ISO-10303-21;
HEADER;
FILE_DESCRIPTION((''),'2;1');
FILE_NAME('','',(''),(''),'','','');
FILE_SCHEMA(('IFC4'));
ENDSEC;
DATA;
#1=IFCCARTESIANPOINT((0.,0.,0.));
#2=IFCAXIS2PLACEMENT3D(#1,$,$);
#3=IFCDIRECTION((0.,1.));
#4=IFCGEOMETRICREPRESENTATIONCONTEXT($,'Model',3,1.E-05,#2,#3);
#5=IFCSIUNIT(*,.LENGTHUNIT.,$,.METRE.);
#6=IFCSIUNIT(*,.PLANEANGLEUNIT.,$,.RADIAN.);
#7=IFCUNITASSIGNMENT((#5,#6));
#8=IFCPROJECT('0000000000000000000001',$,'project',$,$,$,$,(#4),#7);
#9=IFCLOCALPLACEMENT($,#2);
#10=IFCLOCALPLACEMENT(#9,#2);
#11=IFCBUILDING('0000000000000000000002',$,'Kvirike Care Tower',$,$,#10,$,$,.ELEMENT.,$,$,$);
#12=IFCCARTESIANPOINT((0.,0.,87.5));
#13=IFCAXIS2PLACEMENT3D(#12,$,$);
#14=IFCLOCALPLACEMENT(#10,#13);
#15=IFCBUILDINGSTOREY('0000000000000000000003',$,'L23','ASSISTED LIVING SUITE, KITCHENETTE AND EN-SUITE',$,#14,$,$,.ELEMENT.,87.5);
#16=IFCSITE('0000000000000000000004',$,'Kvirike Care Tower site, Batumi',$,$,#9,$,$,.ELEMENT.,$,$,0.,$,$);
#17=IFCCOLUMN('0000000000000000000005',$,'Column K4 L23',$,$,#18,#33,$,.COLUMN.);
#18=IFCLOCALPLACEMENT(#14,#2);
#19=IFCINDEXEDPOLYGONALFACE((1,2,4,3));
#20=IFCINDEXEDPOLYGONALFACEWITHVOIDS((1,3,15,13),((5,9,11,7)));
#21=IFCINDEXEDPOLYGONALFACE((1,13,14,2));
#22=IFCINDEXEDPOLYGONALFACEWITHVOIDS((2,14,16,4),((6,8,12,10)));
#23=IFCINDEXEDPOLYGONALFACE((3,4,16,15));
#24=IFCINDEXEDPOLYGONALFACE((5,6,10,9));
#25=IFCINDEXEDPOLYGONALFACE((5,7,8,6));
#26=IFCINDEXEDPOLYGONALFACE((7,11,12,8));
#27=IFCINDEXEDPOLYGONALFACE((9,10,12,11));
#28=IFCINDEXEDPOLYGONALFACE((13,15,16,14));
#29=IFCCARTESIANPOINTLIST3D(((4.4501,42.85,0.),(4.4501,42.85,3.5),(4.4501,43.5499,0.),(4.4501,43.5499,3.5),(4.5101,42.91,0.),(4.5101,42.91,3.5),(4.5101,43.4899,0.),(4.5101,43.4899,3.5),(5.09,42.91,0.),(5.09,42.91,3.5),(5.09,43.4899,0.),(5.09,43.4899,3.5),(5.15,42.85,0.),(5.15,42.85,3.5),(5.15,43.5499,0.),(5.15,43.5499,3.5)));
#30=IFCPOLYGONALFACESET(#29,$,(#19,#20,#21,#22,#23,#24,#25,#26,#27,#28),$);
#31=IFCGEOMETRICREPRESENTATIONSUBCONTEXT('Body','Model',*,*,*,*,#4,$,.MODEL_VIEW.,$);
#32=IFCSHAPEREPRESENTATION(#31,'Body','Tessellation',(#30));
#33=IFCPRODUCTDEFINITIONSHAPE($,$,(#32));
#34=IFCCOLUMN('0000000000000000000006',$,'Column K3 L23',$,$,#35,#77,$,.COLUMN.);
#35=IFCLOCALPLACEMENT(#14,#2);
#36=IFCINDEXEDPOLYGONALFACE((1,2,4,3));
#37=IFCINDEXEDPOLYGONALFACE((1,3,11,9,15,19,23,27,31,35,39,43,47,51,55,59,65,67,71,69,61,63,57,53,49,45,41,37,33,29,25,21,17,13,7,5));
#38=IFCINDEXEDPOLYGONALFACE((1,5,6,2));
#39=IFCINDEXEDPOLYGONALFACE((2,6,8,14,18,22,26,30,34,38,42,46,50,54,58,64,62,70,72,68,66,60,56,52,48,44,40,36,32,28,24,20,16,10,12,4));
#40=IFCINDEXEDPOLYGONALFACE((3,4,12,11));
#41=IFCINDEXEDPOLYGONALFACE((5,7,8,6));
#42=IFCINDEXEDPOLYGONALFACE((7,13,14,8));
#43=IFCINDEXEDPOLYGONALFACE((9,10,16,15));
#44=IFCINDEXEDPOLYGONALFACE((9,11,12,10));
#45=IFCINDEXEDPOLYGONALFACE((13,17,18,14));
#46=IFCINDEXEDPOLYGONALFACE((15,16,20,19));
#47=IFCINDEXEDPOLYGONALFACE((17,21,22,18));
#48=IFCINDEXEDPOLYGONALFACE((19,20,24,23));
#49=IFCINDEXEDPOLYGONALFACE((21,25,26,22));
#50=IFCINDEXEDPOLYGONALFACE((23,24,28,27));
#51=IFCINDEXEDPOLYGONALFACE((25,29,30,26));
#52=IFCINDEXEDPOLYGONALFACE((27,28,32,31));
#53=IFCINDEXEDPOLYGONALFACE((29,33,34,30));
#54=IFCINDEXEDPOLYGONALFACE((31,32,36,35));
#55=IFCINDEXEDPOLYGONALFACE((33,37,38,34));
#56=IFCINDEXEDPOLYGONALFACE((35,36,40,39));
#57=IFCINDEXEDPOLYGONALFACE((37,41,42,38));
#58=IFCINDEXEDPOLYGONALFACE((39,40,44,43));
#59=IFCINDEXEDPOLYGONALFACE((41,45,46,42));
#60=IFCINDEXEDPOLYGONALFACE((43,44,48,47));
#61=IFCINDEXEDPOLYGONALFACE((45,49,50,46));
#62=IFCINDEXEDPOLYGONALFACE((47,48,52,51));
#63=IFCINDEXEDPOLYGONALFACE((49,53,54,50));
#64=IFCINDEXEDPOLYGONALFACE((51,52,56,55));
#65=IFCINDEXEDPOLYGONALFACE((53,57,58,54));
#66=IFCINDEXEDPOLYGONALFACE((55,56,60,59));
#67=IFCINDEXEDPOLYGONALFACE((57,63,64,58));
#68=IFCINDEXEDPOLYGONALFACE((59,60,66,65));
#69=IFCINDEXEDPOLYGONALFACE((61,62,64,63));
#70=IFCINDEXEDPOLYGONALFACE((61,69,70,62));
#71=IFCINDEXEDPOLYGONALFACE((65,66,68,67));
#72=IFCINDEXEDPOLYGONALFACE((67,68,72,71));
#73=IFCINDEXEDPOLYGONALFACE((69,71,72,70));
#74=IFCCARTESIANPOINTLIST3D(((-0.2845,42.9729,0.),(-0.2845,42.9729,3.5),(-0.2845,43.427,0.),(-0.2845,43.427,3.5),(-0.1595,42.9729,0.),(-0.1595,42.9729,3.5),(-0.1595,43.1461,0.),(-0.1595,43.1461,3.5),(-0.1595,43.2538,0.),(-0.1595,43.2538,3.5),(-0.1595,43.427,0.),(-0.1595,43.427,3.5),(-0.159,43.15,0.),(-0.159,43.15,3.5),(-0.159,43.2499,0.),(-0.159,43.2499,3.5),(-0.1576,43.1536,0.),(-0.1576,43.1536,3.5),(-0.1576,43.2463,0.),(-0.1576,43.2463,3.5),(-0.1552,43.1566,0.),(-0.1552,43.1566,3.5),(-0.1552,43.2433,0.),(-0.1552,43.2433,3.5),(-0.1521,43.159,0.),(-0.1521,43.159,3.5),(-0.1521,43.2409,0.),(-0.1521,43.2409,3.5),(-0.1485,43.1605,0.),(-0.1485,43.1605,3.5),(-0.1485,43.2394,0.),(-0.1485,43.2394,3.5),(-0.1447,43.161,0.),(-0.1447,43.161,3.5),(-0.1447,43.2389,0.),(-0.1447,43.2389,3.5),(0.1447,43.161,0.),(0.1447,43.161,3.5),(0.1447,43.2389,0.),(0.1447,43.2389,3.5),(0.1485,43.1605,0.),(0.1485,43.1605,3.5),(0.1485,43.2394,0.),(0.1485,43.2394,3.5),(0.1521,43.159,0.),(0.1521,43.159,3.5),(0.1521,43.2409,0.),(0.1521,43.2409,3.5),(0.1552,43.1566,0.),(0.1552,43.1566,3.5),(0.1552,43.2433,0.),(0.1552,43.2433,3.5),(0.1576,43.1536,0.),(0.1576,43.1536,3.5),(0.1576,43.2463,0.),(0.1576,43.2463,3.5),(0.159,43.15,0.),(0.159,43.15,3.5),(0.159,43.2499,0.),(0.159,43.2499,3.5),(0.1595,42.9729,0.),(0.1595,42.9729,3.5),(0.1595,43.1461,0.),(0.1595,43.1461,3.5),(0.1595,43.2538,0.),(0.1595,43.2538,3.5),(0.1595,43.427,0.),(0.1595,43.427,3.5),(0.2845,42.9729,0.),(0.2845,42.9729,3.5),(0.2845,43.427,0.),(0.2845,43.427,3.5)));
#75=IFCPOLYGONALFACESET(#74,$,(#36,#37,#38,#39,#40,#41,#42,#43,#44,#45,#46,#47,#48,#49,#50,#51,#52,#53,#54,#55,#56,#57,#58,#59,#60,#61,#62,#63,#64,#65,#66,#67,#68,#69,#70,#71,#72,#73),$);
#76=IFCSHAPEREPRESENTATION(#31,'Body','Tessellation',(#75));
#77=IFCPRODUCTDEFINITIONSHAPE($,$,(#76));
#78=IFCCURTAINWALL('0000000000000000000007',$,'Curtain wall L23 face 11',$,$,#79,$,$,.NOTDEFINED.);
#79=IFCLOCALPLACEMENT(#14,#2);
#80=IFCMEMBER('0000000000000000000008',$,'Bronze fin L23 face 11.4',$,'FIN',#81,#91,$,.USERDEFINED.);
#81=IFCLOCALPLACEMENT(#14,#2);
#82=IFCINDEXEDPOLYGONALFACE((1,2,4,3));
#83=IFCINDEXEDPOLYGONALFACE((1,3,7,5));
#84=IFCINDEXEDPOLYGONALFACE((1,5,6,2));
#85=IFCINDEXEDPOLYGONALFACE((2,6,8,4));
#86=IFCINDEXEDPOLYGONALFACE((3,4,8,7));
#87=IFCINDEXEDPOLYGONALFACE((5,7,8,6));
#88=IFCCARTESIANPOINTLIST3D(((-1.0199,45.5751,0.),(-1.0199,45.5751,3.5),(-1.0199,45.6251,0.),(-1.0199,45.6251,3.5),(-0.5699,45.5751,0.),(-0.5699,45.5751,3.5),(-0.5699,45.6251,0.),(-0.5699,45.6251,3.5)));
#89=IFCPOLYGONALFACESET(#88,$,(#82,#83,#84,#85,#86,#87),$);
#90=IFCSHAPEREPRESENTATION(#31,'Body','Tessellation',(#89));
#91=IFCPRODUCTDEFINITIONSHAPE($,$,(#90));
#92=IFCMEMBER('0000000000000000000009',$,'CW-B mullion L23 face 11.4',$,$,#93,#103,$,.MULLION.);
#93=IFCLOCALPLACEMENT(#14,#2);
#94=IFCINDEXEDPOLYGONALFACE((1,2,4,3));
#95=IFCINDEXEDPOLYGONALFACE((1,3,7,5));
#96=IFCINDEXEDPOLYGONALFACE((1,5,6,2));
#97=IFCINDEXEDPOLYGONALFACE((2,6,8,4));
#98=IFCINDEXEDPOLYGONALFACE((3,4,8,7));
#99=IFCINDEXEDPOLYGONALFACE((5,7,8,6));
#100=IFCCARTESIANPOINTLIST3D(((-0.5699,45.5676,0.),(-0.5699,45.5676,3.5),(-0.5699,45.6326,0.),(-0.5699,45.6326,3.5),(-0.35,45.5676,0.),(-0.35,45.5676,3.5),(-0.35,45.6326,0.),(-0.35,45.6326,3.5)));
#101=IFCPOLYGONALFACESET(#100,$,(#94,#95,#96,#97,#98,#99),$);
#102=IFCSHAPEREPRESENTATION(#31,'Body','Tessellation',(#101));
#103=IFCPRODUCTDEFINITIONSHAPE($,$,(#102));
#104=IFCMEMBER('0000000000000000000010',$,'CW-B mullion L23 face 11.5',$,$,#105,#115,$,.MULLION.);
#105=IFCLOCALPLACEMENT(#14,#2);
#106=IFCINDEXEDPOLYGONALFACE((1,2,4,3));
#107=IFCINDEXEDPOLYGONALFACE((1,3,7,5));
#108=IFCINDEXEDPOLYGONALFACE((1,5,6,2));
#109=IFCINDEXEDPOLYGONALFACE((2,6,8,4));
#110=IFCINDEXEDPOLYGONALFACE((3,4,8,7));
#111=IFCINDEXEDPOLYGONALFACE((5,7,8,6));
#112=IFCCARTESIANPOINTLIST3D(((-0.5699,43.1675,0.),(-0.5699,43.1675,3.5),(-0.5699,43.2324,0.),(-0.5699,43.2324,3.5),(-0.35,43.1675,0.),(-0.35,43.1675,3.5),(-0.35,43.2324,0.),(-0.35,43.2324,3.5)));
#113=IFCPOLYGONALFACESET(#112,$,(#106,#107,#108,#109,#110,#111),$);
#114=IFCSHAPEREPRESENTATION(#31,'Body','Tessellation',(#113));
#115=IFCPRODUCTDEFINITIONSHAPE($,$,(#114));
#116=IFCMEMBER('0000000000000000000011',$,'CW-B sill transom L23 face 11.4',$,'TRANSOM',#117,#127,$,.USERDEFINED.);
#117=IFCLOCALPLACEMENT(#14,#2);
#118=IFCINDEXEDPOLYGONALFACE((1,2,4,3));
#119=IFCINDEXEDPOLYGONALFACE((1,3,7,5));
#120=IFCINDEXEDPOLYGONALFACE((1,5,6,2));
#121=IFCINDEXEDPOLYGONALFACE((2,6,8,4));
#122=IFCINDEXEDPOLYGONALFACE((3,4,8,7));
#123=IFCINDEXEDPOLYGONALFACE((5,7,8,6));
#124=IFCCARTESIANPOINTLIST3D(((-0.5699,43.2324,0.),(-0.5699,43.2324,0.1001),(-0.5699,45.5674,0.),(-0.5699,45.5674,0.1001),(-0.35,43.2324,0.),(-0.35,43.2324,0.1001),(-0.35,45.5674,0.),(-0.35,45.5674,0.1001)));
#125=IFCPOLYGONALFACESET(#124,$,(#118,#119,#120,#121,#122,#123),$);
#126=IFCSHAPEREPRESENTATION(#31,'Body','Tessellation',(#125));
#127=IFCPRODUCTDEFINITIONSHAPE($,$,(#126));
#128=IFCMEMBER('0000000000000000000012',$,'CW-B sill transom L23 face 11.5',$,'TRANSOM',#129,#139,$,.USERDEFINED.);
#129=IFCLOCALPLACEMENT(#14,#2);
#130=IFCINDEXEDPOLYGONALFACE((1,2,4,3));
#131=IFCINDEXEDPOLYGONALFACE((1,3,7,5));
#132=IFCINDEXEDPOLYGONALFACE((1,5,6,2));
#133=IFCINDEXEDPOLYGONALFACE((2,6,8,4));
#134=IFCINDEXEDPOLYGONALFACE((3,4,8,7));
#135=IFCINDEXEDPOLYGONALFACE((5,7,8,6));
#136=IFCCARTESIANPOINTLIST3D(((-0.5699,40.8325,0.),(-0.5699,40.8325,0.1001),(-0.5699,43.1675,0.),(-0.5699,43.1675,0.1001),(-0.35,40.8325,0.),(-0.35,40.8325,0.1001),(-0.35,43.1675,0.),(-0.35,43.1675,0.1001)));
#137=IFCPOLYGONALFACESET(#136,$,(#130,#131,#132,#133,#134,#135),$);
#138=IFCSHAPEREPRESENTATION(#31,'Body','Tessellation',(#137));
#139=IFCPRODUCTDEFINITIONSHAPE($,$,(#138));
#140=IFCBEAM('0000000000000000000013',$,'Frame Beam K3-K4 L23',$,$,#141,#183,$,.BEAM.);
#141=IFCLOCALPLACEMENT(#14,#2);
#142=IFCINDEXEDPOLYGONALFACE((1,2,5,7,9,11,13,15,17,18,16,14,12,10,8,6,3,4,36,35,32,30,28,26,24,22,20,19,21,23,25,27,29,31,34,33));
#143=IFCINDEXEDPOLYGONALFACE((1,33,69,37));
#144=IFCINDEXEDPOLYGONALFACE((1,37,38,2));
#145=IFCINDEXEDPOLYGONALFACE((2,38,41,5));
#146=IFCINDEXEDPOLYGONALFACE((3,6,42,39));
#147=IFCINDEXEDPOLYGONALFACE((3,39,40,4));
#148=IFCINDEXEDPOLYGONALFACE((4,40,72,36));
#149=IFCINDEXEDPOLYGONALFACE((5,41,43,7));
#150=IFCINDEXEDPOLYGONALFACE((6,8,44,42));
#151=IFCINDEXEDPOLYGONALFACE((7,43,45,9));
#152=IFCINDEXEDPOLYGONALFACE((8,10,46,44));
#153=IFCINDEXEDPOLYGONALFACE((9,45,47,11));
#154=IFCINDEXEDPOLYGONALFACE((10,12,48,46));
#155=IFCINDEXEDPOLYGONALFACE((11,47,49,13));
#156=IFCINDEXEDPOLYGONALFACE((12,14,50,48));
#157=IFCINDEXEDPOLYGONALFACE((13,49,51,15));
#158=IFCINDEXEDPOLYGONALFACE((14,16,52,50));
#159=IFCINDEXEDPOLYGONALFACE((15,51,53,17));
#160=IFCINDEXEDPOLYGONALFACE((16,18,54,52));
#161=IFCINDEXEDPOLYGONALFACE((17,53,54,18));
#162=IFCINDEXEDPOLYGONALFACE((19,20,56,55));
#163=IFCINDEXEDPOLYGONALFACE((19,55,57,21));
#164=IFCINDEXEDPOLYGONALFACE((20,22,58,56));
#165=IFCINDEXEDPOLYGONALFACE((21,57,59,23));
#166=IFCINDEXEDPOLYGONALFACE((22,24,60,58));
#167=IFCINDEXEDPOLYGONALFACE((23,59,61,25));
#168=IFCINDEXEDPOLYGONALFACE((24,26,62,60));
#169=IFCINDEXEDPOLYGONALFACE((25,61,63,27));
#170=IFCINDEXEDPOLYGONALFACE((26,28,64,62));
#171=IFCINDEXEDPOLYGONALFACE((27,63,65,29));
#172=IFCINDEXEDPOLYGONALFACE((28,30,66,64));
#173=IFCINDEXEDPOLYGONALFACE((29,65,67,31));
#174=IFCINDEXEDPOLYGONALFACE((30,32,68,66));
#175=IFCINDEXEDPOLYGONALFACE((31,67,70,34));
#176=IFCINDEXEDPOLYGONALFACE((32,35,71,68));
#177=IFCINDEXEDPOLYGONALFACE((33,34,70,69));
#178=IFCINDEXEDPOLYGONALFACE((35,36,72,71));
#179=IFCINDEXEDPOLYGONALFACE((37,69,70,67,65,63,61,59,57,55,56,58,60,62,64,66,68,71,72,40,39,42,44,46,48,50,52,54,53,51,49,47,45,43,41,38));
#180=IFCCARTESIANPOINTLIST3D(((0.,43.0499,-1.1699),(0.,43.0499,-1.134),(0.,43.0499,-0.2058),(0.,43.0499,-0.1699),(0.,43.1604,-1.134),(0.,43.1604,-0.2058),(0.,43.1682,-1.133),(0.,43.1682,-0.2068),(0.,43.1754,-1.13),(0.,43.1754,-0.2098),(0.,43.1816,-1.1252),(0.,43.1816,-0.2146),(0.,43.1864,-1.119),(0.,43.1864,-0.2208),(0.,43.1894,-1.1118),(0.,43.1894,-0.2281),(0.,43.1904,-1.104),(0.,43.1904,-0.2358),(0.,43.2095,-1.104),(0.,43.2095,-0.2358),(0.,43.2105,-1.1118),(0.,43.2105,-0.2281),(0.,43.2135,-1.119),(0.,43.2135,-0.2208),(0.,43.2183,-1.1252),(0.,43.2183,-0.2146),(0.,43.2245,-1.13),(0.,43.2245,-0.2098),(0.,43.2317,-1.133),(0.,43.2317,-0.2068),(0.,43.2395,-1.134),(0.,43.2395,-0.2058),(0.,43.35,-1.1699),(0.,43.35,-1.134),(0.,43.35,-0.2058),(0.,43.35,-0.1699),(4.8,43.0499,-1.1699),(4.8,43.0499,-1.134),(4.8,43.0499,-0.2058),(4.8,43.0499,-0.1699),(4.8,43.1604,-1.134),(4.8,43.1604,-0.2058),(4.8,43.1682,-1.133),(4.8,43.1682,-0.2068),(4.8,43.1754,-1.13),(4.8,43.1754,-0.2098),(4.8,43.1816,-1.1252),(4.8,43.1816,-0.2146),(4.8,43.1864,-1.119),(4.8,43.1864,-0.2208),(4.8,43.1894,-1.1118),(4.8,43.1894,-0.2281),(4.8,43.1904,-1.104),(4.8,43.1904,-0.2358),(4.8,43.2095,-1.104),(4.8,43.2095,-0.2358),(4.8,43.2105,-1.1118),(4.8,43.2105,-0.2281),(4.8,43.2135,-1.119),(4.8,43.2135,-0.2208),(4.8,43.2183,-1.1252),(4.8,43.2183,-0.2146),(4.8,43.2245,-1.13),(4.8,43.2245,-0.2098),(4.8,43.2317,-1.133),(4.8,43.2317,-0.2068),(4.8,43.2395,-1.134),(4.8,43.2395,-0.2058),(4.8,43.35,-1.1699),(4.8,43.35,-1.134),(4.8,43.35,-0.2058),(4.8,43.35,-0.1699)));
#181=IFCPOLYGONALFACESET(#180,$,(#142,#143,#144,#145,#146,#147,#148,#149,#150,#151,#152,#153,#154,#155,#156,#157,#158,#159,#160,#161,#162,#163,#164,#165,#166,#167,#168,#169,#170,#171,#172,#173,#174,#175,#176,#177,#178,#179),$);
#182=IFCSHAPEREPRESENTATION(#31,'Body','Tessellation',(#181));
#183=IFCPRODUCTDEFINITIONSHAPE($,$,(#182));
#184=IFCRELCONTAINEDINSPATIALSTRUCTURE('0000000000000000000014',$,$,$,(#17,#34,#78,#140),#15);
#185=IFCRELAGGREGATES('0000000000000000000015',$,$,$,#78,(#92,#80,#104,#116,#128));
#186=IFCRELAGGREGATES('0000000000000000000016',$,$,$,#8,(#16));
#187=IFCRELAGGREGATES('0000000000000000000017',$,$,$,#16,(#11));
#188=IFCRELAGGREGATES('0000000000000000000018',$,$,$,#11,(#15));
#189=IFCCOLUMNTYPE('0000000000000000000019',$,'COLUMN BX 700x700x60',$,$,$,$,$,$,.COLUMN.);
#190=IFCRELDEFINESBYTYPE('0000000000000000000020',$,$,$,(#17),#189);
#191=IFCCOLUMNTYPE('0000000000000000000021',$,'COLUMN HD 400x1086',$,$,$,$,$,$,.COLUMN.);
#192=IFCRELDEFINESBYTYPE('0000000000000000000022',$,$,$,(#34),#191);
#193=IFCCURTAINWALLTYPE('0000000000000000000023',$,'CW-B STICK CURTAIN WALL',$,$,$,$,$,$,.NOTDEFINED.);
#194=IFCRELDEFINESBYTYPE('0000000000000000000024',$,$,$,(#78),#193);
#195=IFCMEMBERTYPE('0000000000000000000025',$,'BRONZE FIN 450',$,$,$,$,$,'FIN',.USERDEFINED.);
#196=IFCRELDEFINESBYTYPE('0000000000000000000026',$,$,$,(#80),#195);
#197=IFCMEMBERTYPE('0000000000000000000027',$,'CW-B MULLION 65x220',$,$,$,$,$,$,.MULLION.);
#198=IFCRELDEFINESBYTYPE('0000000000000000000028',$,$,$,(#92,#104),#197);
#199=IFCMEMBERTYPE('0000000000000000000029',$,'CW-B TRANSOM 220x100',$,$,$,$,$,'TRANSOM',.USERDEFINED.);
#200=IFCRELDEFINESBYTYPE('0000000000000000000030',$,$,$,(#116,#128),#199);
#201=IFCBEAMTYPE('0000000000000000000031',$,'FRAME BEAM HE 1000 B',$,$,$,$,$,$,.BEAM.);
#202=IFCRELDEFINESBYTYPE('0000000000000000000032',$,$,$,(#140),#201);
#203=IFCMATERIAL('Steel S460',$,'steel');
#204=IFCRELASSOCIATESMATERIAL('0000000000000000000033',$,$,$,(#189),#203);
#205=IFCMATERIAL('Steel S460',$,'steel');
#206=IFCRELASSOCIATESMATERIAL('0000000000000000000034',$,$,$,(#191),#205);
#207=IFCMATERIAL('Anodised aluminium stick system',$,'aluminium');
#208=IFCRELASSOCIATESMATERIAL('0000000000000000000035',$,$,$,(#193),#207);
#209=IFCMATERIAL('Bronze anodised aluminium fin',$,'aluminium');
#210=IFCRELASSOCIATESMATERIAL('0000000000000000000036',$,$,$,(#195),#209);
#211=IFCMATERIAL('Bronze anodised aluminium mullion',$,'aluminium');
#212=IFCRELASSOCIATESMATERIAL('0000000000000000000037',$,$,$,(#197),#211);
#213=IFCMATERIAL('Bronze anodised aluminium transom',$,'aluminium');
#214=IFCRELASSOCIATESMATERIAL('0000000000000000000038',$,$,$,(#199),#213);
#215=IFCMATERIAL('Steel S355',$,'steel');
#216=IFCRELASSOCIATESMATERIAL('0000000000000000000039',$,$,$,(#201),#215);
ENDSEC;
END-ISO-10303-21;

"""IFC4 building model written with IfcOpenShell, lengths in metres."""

from ifc_helpers import new_model, si_unit, direction, frame, origin, origin_2d, place, context, subcontext, project, spatial, rectangle, hollow_rectangle, i_section, extrude, material, material_profile, profile_set, type_object, element, aggregate, save


model = new_model("IFC4")

# Units and contexts
model_context = context("Model", 3, precision=1e-05, world=origin(), true_north=direction((0.0, 1.0)))
body_context = subcontext(model_context, "Body", "Model", "MODEL_VIEW")
ifc_project = project(units=[si_unit("LENGTHUNIT", "METRE"), si_unit("PLANEANGLEUNIT", "RADIAN")], contexts=[model_context])

# Site, building, storey
site_placement = place(None, origin())
site = spatial("IfcSite", under=ifc_project, at=site_placement, Name="Kvirike Care Tower site, Batumi", CompositionType="ELEMENT", RefElevation=0.0)
building_placement = place(site_placement, origin())
building = spatial("IfcBuilding", under=site, at=building_placement, Name="Kvirike Care Tower", CompositionType="ELEMENT")
storey_placement = place(building_placement, frame((0.0, 0.0, 87.5)))
storey = spatial("IfcBuildingStorey", under=building, at=storey_placement, Name="L23", Description="ASSISTED LIVING SUITE, KITCHENETTE AND EN-SUITE", CompositionType="ELEMENT", Elevation=87.5)

# Columns
ifc_material_1 = material(Name="Steel S460", Category="steel")
ifc_material_profile_1 = material_profile(ifc_material_1, hollow_rectangle(XDim=0.7, YDim=0.7, WallThickness=0.0601, at=origin_2d()), Name="BX 700x700x60")
ifc_profile_set_1 = profile_set([ifc_material_profile_1], Name="Steel S460")
column_type_1 = type_object("IfcColumnType", Name="COLUMN BX 700x700x60", PredefinedType="COLUMN", material=ifc_profile_set_1)
column_1_placement = place(storey_placement, frame((4.8, 43.2, 0.0), z_axis=(0.0, 0.0, 1.0), x_axis=(0.0, 1.0, 0.0)))
element("IfcColumn", 1, at=column_1_placement, inside=storey, type_object=column_type_1, Name="Column K4 L23", PredefinedType="COLUMN", context=body_context, shape_type="SweptSolid", body=[
    extrude(hollow_rectangle(XDim=0.7, YDim=0.7, WallThickness=0.0601, at=origin_2d()), origin(), (0.0, 0.0, 1.0), 3.5),
])
ifc_material_2 = material(Name="Steel S460", Category="steel")
ifc_material_profile_2 = material_profile(ifc_material_2, i_section(OverallWidth=0.4541, OverallDepth=0.5691, WebThickness=0.0779, FlangeThickness=0.125, FilletRadius=0.0149, at=origin_2d()), Name="HD 400x1086")
ifc_profile_set_2 = profile_set([ifc_material_profile_2], Name="Steel S460")
column_type_2 = type_object("IfcColumnType", Name="COLUMN HD 400x1086", PredefinedType="COLUMN", material=ifc_profile_set_2)
column_2_placement = place(storey_placement, frame((0.0, 43.2, 0.0), z_axis=(0.0, 0.0, 1.0), x_axis=(0.0, 1.0, 0.0)))
element("IfcColumn", 2, at=column_2_placement, inside=storey, type_object=column_type_2, Name="Column K3 L23", PredefinedType="COLUMN", context=body_context, shape_type="SweptSolid", body=[
    extrude(i_section(OverallWidth=0.4541, OverallDepth=0.5691, WebThickness=0.0779, FlangeThickness=0.125, FilletRadius=0.0149, at=origin_2d()), origin(), (0.0, 0.0, 1.0), 3.5),
])

# Curtain wall, members
ifc_material_3 = material(Name="Anodised aluminium stick system", Category="aluminium")
curtain_wall_type = type_object("IfcCurtainWallType", Name="CW-B STICK CURTAIN WALL", PredefinedType="NOTDEFINED", material=ifc_material_3)
curtain_wall_placement = place(storey_placement, origin())
curtain_wall = element("IfcCurtainWall", 3, at=curtain_wall_placement, inside=storey, type_object=curtain_wall_type, Name="Curtain wall L23 face 11", PredefinedType="NOTDEFINED")
ifc_material_4 = material(Name="Bronze anodised aluminium fin", Category="aluminium")
ifc_material_profile_3 = material_profile(ifc_material_4, rectangle(XDim=0.05, YDim=0.45, at=origin_2d()), Name="BRONZE FIN 450")
ifc_profile_set_3 = profile_set([ifc_material_profile_3], Name="Bronze anodised aluminium fin")
member_type_1 = type_object("IfcMemberType", Name="BRONZE FIN 450", ElementType="FIN", PredefinedType="USERDEFINED", material=ifc_profile_set_3)
member_1_placement = place(storey_placement, frame((-0.7949, 45.6001, 0.0), z_axis=(0.0, 0.0, 1.0), x_axis=(0.0, -1.0, 0.0)))
member_1 = element("IfcMember", 4, at=member_1_placement, type_object=member_type_1, Name="Bronze fin L23 face 11.4", ObjectType="FIN", PredefinedType="USERDEFINED", context=body_context, shape_type="SweptSolid", body=[
    extrude(rectangle(XDim=0.05, YDim=0.45, at=origin_2d()), origin(), (0.0, 0.0, 1.0), 3.5),
])
ifc_material_5 = material(Name="Bronze anodised aluminium mullion", Category="aluminium")
ifc_material_profile_4 = material_profile(ifc_material_5, rectangle(XDim=0.0649, YDim=0.22, at=origin_2d()), Name="CW-B MULLION 65x220")
ifc_profile_set_4 = profile_set([ifc_material_profile_4], Name="Bronze anodised aluminium mullion")
member_type_2 = type_object("IfcMemberType", Name="CW-B MULLION 65x220", PredefinedType="MULLION", material=ifc_profile_set_4)
member_2_placement = place(storey_placement, frame((-0.46, 45.6001, 0.0), z_axis=(0.0, 0.0, 1.0), x_axis=(0.0, -1.0, 0.0)))
member_2 = element("IfcMember", 5, at=member_2_placement, type_object=member_type_2, Name="CW-B mullion L23 face 11.4", PredefinedType="MULLION", context=body_context, shape_type="SweptSolid", body=[
    extrude(rectangle(XDim=0.0649, YDim=0.22, at=origin_2d()), origin(), (0.0, 0.0, 1.0), 3.5),
])
member_3_placement = place(storey_placement, frame((-0.46, 43.2, 0.0), z_axis=(0.0, 0.0, 1.0), x_axis=(0.0, -1.0, 0.0)))
member_3 = element("IfcMember", 6, at=member_3_placement, type_object=member_type_2, Name="CW-B mullion L23 face 11.5", PredefinedType="MULLION", context=body_context, shape_type="SweptSolid", body=[
    extrude(rectangle(XDim=0.0649, YDim=0.22, at=origin_2d()), origin(), (0.0, 0.0, 1.0), 3.5),
])
ifc_material_6 = material(Name="Bronze anodised aluminium transom", Category="aluminium")
ifc_material_profile_5 = material_profile(ifc_material_6, rectangle(XDim=0.22, YDim=0.1001, at=origin_2d()), Name="CW-B TRANSOM 220x100")
ifc_profile_set_5 = profile_set([ifc_material_profile_5], Name="Bronze anodised aluminium transom")
member_type_3 = type_object("IfcMemberType", Name="CW-B TRANSOM 220x100", ElementType="TRANSOM", PredefinedType="USERDEFINED", material=ifc_profile_set_5)
member_4_placement = place(storey_placement, frame((-0.46, 45.5674, 0.05), z_axis=(0.0, -1.0, 0.0), x_axis=(1.0, 0.0, 0.0)))
member_4 = element("IfcMember", 7, at=member_4_placement, type_object=member_type_3, Name="CW-B sill transom L23 face 11.4", ObjectType="TRANSOM", PredefinedType="USERDEFINED", context=body_context, shape_type="SweptSolid", body=[
    extrude(rectangle(XDim=0.22, YDim=0.1001, at=origin_2d()), origin(), (0.0, 0.0, 1.0), 2.335),
])
member_5_placement = place(storey_placement, frame((-0.46, 43.1675, 0.05), z_axis=(0.0, -1.0, 0.0), x_axis=(1.0, 0.0, 0.0)))
member_5 = element("IfcMember", 8, at=member_5_placement, type_object=member_type_3, Name="CW-B sill transom L23 face 11.5", ObjectType="TRANSOM", PredefinedType="USERDEFINED", context=body_context, shape_type="SweptSolid", body=[
    extrude(rectangle(XDim=0.22, YDim=0.1001, at=origin_2d()), origin(), (0.0, 0.0, 1.0), 2.335),
])

# Beam
ifc_material_7 = material(Name="Steel S355", Category="steel")
ifc_material_profile_6 = material_profile(ifc_material_7, i_section(OverallWidth=0.3, OverallDepth=1.0, WebThickness=0.019, FlangeThickness=0.0359, FilletRadius=0.03, at=origin_2d()), Name="HE 1000 B")
ifc_profile_set_6 = profile_set([ifc_material_profile_6], Name="Steel S355")
beam_type_1 = type_object("IfcBeamType", Name="FRAME BEAM HE 1000 B", PredefinedType="BEAM", material=ifc_profile_set_6)
for number, where, z_axis, x_axis, name in (
    (9, (0.0, 43.2, -0.6699), (1.0, 0.0, 0.0), (0.0, 1.0, 0.0), "Frame Beam K3-K4 L23"),
):
    element("IfcBeam", number, at=place(storey_placement, frame(where, z_axis=z_axis, x_axis=x_axis)), inside=storey, type_object=beam_type_1, Name=name, PredefinedType="BEAM", context=body_context, shape_type="SweptSolid", body=[
        extrude(i_section(OverallWidth=0.3, OverallDepth=1.0, WebThickness=0.019, FlangeThickness=0.0359, FilletRadius=0.03, at=origin_2d()), origin(), (0.0, 0.0, 1.0), 4.8),
    ])

aggregate(curtain_wall, [member_2, member_1, member_3, member_4, member_5])

save(model, "model.ifc")
